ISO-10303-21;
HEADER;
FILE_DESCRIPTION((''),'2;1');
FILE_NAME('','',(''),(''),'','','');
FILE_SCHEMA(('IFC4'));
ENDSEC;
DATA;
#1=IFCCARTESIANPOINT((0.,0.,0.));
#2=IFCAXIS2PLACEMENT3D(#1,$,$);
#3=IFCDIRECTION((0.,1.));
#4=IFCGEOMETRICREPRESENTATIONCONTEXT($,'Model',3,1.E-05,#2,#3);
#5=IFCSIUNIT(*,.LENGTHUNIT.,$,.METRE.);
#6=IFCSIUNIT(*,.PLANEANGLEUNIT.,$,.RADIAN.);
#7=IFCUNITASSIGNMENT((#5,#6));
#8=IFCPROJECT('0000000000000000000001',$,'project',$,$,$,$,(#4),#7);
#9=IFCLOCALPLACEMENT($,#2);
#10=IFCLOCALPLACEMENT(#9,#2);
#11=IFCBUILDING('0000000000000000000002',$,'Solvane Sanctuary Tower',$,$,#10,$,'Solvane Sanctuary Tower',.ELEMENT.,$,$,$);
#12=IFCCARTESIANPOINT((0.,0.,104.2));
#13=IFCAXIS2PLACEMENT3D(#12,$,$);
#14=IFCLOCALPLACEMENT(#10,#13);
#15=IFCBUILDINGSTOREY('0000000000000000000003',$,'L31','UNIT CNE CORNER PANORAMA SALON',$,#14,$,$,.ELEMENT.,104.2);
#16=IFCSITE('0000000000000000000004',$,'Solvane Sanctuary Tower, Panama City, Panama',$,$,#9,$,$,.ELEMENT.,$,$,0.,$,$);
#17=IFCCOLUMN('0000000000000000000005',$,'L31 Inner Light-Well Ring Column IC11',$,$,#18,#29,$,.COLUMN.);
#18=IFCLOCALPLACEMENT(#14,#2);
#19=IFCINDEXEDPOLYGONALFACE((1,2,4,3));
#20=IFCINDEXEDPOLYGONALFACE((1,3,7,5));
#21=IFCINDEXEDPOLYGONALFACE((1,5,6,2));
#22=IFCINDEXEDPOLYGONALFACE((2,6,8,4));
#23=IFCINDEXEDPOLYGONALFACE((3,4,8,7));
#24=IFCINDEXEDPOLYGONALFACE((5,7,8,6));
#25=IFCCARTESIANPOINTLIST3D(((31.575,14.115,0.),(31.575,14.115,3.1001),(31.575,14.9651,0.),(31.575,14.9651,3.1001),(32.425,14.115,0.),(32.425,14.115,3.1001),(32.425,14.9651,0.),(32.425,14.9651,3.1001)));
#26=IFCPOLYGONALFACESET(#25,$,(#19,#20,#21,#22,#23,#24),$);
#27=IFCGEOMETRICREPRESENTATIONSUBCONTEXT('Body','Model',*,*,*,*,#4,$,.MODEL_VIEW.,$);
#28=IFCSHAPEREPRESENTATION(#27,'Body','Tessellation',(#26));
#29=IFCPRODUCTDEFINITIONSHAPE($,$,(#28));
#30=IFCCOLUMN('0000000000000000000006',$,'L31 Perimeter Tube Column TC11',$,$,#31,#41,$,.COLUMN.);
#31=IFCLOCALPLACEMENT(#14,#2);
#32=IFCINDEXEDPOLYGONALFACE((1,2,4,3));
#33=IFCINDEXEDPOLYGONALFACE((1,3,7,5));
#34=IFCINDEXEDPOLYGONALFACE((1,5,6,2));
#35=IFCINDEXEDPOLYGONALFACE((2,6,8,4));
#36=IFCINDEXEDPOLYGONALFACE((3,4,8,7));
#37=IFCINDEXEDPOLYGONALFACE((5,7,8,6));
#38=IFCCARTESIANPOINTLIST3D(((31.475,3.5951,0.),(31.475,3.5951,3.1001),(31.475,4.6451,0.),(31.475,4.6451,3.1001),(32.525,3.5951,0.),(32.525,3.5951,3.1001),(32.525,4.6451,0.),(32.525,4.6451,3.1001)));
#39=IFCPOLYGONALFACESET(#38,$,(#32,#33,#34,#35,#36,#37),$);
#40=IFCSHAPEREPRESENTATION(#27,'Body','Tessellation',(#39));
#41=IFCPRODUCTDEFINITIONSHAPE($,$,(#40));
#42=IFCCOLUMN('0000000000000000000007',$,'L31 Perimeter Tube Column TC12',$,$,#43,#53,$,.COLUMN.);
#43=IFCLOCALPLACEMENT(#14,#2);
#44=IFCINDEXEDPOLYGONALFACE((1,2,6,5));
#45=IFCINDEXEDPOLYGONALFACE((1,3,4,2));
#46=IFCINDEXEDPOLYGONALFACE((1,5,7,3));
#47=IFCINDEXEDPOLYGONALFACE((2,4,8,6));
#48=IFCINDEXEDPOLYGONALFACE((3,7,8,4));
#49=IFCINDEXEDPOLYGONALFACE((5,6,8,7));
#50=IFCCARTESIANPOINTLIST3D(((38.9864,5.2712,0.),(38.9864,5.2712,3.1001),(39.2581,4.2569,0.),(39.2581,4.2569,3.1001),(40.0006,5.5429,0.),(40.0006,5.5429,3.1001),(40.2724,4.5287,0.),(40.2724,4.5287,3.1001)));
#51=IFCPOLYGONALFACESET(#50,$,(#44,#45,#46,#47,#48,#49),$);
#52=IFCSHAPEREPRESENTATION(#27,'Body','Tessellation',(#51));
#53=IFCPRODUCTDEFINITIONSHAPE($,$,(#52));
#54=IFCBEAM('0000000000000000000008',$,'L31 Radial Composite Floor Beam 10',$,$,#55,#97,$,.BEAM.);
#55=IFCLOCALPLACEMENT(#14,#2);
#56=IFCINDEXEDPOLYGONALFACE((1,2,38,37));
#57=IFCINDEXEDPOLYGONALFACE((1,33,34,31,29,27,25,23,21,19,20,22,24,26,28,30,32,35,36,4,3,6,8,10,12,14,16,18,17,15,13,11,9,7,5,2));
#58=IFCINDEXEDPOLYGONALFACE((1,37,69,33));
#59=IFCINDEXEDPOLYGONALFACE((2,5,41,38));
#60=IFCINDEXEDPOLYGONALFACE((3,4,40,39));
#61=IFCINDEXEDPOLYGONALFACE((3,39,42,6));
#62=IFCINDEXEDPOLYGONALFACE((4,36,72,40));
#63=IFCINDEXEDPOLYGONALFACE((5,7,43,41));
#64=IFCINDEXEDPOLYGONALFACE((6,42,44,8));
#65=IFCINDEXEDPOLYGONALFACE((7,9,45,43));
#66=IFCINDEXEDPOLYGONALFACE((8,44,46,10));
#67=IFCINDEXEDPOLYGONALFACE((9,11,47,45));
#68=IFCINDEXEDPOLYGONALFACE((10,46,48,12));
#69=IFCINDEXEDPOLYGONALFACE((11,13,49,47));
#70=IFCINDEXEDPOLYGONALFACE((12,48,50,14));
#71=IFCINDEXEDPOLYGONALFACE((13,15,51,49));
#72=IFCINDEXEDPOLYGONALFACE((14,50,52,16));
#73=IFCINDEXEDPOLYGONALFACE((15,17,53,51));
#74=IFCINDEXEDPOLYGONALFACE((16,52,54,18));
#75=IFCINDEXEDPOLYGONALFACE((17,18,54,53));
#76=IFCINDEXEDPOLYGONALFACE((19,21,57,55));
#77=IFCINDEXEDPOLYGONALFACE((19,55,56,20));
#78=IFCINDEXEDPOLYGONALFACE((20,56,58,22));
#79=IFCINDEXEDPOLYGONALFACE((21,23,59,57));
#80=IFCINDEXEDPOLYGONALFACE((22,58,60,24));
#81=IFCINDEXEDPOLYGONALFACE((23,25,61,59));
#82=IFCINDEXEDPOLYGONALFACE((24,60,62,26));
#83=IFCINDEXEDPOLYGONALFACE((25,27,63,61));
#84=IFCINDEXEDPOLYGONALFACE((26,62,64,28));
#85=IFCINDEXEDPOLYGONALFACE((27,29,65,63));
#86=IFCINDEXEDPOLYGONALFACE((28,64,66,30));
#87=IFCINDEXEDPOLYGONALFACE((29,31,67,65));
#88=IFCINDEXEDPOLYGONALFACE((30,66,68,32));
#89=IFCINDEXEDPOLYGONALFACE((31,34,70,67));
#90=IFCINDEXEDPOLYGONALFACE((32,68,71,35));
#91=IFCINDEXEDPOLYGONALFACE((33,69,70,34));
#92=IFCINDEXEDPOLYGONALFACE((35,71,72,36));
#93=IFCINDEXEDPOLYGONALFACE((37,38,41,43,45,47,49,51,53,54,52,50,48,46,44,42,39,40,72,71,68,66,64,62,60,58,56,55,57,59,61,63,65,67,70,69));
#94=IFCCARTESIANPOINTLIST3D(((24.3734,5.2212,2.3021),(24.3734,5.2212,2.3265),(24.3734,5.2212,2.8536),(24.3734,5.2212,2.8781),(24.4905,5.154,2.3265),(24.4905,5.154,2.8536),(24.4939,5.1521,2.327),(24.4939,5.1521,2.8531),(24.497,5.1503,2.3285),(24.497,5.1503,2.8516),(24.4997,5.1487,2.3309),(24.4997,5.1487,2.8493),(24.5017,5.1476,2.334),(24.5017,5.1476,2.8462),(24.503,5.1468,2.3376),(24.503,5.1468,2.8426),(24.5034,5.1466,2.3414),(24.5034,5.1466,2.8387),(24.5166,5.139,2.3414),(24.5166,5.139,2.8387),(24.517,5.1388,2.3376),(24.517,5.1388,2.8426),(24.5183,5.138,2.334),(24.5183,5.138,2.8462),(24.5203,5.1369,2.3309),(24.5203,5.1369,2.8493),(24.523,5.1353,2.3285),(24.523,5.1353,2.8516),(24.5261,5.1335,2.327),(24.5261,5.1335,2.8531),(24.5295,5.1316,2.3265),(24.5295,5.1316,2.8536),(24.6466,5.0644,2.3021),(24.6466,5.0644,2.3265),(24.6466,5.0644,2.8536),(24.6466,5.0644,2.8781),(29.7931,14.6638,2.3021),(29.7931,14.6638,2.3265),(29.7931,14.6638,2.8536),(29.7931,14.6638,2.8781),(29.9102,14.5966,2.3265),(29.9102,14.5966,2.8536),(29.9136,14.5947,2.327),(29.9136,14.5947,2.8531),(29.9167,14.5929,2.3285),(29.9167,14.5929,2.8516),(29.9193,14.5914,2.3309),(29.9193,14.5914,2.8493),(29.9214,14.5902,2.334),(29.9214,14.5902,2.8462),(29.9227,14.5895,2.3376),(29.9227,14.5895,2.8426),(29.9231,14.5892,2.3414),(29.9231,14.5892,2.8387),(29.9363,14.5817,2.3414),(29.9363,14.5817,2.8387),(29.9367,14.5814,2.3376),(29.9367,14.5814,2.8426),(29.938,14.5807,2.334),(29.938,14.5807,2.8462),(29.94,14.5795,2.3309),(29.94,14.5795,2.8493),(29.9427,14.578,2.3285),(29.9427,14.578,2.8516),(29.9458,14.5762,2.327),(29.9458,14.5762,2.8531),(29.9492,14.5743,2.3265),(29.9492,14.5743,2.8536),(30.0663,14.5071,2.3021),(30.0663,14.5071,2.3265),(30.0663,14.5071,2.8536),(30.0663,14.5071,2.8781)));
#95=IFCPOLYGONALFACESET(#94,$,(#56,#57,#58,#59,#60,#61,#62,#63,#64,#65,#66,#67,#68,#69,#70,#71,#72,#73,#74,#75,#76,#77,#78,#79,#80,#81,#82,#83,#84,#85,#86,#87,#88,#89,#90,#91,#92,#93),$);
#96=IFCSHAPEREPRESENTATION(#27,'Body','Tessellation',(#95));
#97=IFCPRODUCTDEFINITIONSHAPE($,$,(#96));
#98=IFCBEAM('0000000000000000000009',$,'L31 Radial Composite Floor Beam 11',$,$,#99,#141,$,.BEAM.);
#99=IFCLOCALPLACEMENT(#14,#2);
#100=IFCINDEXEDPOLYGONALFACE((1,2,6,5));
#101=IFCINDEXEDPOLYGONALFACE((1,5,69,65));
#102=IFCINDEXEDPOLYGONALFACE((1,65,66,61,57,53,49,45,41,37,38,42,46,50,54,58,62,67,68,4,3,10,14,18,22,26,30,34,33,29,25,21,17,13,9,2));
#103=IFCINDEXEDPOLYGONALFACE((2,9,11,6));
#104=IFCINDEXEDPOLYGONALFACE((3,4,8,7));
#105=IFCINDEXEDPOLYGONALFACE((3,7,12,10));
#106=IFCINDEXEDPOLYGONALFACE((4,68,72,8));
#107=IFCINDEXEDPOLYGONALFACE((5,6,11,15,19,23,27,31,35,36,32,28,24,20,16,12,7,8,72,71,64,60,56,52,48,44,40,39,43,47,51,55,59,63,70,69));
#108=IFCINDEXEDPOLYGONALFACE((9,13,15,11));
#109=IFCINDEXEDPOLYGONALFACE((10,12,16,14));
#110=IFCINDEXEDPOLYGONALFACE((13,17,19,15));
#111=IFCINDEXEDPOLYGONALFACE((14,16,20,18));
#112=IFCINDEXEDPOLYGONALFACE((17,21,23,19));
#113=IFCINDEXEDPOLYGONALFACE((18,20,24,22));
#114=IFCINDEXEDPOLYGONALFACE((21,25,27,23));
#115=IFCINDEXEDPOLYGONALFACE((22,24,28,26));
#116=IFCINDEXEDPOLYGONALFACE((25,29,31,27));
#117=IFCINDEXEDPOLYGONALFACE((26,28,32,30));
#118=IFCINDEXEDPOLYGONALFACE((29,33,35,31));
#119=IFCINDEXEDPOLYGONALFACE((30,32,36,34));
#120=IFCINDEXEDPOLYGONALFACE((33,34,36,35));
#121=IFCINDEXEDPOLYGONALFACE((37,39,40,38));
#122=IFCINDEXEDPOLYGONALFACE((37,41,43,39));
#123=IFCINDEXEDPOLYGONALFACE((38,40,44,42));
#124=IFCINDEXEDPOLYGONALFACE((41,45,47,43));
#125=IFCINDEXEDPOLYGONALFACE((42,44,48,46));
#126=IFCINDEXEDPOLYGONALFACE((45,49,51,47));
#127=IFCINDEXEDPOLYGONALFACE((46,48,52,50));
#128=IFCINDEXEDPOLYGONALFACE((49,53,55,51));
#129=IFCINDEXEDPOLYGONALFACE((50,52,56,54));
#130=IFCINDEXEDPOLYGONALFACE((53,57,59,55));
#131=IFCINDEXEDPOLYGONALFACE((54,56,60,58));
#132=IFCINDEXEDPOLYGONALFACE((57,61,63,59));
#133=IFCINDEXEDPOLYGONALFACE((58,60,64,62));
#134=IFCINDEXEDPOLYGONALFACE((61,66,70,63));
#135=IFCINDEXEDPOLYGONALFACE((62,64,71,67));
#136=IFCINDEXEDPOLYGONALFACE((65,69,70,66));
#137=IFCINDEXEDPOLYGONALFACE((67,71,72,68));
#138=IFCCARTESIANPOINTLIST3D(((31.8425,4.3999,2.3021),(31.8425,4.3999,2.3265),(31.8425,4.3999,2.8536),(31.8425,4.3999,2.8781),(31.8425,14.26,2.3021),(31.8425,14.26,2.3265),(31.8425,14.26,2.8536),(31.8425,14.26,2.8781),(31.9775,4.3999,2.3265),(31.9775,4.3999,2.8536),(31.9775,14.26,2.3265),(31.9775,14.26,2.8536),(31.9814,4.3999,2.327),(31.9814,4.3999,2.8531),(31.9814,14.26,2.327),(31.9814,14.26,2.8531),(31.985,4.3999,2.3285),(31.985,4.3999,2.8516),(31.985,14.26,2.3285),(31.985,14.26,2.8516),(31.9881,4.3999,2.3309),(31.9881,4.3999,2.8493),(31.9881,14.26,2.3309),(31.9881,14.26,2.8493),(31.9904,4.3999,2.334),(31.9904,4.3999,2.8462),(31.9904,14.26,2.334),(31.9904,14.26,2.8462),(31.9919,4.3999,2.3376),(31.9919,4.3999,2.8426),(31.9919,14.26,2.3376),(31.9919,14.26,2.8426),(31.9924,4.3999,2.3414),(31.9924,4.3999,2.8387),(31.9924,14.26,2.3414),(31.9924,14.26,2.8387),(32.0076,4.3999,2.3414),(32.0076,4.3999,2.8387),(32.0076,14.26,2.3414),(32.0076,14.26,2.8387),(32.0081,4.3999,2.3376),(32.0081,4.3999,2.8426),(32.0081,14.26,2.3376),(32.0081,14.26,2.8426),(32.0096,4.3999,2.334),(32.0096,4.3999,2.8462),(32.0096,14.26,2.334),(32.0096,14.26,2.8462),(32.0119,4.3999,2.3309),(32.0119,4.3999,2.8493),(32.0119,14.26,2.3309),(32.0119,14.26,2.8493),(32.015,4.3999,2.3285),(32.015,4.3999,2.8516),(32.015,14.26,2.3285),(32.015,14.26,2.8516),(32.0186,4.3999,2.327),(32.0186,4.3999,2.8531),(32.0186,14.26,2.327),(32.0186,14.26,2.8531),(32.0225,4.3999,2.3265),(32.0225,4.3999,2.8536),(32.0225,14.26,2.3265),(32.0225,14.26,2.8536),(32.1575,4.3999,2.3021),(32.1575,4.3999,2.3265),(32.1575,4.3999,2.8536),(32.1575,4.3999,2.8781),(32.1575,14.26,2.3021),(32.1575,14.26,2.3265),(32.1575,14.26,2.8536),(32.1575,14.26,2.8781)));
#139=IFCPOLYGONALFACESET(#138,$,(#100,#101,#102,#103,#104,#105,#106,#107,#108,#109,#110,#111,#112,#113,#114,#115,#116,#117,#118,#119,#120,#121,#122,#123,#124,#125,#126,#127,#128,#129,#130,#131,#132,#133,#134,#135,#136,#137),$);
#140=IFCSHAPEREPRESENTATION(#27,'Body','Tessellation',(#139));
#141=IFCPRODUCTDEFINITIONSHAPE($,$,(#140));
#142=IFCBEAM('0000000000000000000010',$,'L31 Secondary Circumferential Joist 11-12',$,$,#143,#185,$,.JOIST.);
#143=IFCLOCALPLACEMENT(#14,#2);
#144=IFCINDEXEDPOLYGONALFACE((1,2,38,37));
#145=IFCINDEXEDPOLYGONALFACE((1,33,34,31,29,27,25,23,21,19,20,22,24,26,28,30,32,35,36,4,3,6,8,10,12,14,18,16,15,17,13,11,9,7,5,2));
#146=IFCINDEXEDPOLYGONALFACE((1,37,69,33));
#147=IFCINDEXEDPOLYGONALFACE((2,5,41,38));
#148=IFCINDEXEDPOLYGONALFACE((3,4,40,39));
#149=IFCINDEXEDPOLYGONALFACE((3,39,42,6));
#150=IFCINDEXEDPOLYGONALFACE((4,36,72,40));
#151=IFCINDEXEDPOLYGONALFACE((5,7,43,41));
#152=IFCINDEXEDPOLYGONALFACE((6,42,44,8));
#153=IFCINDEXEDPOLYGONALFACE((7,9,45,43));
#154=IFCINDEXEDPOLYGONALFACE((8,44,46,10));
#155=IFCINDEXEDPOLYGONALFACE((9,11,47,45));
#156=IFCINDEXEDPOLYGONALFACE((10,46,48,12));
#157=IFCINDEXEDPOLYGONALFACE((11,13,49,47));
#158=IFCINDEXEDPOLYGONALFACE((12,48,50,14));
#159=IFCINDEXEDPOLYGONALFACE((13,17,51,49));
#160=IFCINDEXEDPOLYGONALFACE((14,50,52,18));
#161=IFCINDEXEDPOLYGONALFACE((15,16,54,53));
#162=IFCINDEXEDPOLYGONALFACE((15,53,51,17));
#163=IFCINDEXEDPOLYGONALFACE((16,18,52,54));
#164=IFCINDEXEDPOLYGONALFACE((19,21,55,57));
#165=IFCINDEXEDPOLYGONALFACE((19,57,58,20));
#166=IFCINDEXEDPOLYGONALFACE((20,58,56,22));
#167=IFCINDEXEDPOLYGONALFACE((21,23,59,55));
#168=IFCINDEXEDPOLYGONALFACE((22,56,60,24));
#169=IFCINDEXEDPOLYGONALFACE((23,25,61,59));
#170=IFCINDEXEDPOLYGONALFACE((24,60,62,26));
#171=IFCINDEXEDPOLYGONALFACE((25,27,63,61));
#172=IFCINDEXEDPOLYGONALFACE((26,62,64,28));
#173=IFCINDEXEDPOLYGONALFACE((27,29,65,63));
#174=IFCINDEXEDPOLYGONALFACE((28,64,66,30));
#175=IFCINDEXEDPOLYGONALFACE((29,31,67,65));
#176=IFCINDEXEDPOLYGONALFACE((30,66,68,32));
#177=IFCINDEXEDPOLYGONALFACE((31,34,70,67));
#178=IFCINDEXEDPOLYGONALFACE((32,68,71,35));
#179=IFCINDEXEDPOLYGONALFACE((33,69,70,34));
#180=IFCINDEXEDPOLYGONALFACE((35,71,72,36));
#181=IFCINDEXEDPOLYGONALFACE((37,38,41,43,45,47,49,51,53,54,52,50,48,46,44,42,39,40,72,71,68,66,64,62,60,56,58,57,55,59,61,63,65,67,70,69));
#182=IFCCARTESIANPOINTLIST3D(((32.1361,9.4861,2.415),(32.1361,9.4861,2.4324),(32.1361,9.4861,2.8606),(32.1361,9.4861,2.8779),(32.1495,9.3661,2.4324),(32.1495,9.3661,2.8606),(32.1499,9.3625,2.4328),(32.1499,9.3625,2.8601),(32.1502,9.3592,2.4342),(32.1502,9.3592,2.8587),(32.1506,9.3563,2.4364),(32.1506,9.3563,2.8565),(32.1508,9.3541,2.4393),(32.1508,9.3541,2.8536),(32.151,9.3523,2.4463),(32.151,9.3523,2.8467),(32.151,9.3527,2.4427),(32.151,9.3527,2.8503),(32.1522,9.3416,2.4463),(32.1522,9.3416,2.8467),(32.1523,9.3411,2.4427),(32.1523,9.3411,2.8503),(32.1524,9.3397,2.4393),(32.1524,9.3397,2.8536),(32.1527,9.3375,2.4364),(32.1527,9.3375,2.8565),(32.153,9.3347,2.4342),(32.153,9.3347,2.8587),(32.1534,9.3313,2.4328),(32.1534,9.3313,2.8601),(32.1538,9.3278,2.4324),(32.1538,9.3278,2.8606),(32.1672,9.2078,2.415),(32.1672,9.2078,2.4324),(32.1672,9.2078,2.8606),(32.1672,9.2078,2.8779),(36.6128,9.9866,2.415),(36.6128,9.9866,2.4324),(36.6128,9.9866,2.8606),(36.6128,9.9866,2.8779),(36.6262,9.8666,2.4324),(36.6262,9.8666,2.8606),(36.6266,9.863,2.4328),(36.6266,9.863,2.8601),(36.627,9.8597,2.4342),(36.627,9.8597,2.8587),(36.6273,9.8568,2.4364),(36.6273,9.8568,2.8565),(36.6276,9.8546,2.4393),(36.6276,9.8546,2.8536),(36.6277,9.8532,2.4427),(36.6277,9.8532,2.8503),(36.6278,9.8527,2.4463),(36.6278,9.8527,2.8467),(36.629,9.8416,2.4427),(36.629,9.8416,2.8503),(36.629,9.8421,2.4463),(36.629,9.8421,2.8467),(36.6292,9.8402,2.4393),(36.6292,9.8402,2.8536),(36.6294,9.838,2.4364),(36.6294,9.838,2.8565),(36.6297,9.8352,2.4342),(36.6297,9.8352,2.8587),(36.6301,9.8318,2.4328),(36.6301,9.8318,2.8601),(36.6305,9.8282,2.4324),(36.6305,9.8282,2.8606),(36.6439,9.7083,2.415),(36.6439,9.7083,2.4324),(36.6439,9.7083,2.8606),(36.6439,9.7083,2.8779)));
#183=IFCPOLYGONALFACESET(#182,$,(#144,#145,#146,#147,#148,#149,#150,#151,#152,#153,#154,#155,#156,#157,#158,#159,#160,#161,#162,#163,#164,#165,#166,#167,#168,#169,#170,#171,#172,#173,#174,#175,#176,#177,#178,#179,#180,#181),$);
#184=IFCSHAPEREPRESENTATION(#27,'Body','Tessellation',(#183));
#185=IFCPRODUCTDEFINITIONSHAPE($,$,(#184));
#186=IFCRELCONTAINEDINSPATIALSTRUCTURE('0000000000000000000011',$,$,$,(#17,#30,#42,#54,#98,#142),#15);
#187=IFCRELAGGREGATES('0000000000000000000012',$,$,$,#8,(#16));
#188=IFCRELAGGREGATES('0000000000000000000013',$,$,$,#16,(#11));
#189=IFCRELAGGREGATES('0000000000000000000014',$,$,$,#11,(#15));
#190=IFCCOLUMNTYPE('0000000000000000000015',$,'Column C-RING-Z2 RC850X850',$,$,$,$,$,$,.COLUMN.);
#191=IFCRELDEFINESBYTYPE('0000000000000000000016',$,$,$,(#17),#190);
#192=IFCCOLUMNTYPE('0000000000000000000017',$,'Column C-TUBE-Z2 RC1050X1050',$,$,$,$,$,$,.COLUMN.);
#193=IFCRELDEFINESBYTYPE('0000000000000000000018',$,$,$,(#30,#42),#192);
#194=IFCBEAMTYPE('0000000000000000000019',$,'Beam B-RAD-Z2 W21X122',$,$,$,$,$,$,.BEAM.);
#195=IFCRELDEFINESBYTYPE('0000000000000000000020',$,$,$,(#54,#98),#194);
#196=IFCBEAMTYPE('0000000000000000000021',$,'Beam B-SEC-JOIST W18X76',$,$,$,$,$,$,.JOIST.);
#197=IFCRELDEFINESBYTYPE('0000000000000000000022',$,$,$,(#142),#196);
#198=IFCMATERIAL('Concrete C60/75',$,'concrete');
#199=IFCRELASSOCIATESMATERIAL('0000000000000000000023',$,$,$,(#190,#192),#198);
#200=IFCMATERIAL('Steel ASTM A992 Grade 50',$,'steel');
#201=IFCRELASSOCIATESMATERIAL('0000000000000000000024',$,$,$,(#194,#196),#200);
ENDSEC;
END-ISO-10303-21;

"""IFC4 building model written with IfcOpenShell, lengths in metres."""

from ifc_helpers import new_model, si_unit, direction, frame, origin, origin_2d, place, context, subcontext, project, spatial, rectangle, i_section, extrude, material, material_profile, profile_set, type_object, element, save


model = new_model("IFC4")

# Units and contexts
model_context = context("Model", 3, precision=1e-05, world=origin(), true_north=direction((0.0, 1.0)))
body_context = subcontext(model_context, "Body", "Model", "MODEL_VIEW")
ifc_project = project(units=[si_unit("LENGTHUNIT", "METRE"), si_unit("PLANEANGLEUNIT", "RADIAN")], contexts=[model_context])

# Site, building, storey
site_placement = place(None, origin())
site = spatial("IfcSite", under=ifc_project, at=site_placement, Name="Solvane Sanctuary Tower, Panama City, Panama", CompositionType="ELEMENT", RefElevation=0.0)
building_placement = place(site_placement, origin())
building = spatial("IfcBuilding", under=site, at=building_placement, Name="Solvane Sanctuary Tower", LongName="Solvane Sanctuary Tower", CompositionType="ELEMENT")
storey_placement = place(building_placement, frame((0.0, 0.0, 104.2)))
storey = spatial("IfcBuildingStorey", under=building, at=storey_placement, Name="L31", Description="UNIT CNE CORNER PANORAMA SALON", CompositionType="ELEMENT", Elevation=104.2)

# Columns
ifc_material_1 = material(Name="Concrete C60/75", Category="concrete")
ifc_material_profile_1 = material_profile(ifc_material_1, rectangle(XDim=0.8501, YDim=0.8501, at=origin_2d()), Name="RC850X850")
ifc_profile_set_1 = profile_set([ifc_material_profile_1], Name="Concrete C60/75")
column_type_1 = type_object("IfcColumnType", Name="Column C-RING-Z2 RC850X850", PredefinedType="COLUMN", material=ifc_profile_set_1)
column_placement = place(storey_placement, frame((32.0, 14.54, 0.0), z_axis=(0.0, 0.0, 1.0), x_axis=(1.0, 0.0, 0.0)))
element("IfcColumn", 1, at=column_placement, inside=storey, type_object=column_type_1, Name="L31 Inner Light-Well Ring Column IC11", PredefinedType="COLUMN", context=body_context, shape_type="SweptSolid", body=[
    extrude(rectangle(XDim=0.8501, YDim=0.8501, at=origin_2d()), origin(), (0.0, 0.0, 1.0), 3.1001),
])
ifc_material_profile_2 = material_profile(ifc_material_1, rectangle(XDim=1.05, YDim=1.05, at=origin_2d()), Name="RC1050X1050")
ifc_profile_set_2 = profile_set([ifc_material_profile_2], Name="Concrete C60/75")
column_type_2 = type_object("IfcColumnType", Name="Column C-TUBE-Z2 RC1050X1050", PredefinedType="COLUMN", material=ifc_profile_set_2)
for number, where, z_axis, x_axis, name in (
    (2, (32.0, 4.1201, 0.0), (0.0, 0.0, 1.0), (0.0, -1.0, 0.0), "L31 Perimeter Tube Column TC11"),
    (3, (39.6294, 4.8999, 0.0), (0.0, 0.0, 1.0), (0.258819, -0.965926, 0.0), "L31 Perimeter Tube Column TC12"),
):
    element("IfcColumn", number, at=place(storey_placement, frame(where, z_axis=z_axis, x_axis=x_axis)), inside=storey, type_object=column_type_2, Name=name, PredefinedType="COLUMN", context=body_context, shape_type="SweptSolid", body=[
        extrude(rectangle(XDim=1.05, YDim=1.05, at=origin_2d()), origin(), (0.0, 0.0, 1.0), 3.1001),
    ])

# Beams
ifc_material_2 = material(Name="Steel ASTM A992 Grade 50", Category="steel")
ifc_material_profile_3 = material_profile(ifc_material_2, i_section(OverallWidth=0.3149, OverallDepth=0.5759, WebThickness=0.0151, FlangeThickness=0.0244, FilletRadius=0.0149, at=origin_2d()), Name="W21X122")
ifc_profile_set_3 = profile_set([ifc_material_profile_3], Name="Steel ASTM A992 Grade 50")
beam_type_1 = type_object("IfcBeamType", Name="Beam B-RAD-Z2 W21X122", PredefinedType="BEAM", material=ifc_profile_set_3)
beam_1_placement = place(storey_placement, frame((29.9297, 14.5854, 2.5901), z_axis=(-0.497792, -0.867296, 0.0), x_axis=(0.867296, -0.497792, 0.0)))
element("IfcBeam", 4, at=beam_1_placement, inside=storey, type_object=beam_type_1, Name="L31 Radial Composite Floor Beam 10", PredefinedType="BEAM", context=body_context, shape_type="SweptSolid", body=[
    extrude(i_section(OverallWidth=0.3149, OverallDepth=0.5759, WebThickness=0.0151, FlangeThickness=0.0244, FilletRadius=0.0149, at=origin_2d()), origin(), (0.0, 0.0, 1.0), 10.8875),
])
beam_2_placement = place(storey_placement, frame((32.0, 14.26, 2.5901), z_axis=(0.0, -1.0, 0.0), x_axis=(1.0, 0.0, 0.0)))
element("IfcBeam", 5, at=beam_2_placement, inside=storey, type_object=beam_type_1, Name="L31 Radial Composite Floor Beam 11", PredefinedType="BEAM", context=body_context, shape_type="SweptSolid", body=[
    extrude(i_section(OverallWidth=0.3149, OverallDepth=0.5759, WebThickness=0.0151, FlangeThickness=0.0244, FilletRadius=0.0149, at=origin_2d()), origin(), (0.0, 0.0, 1.0), 9.8601),
])
ifc_material_profile_4 = material_profile(ifc_material_2, i_section(OverallWidth=0.28, OverallDepth=0.4629, WebThickness=0.0107, FlangeThickness=0.0173, FilletRadius=0.0139, at=origin_2d()), Name="W18X76")
ifc_profile_set_4 = profile_set([ifc_material_profile_4], Name="Steel ASTM A992 Grade 50")
beam_type_2 = type_object("IfcBeamType", Name="Beam B-SEC-JOIST W18X76", PredefinedType="JOIST", material=ifc_profile_set_4)
beam_3_placement = place(storey_placement, frame((32.1516, 9.3469, 2.6465), z_axis=(0.993809, 0.111104, 0.0), x_axis=(-0.111104, 0.993809, 0.0)))
element("IfcBeam", 6, at=beam_3_placement, inside=storey, type_object=beam_type_2, Name="L31 Secondary Circumferential Joist 11-12", PredefinedType="JOIST", context=body_context, shape_type="SweptSolid", body=[
    extrude(i_section(OverallWidth=0.28, OverallDepth=0.4629, WebThickness=0.0107, FlangeThickness=0.0173, FilletRadius=0.0139, at=origin_2d()), origin(), (0.0, 0.0, 1.0), 4.5046),
])

save(model, "model.ifc")
